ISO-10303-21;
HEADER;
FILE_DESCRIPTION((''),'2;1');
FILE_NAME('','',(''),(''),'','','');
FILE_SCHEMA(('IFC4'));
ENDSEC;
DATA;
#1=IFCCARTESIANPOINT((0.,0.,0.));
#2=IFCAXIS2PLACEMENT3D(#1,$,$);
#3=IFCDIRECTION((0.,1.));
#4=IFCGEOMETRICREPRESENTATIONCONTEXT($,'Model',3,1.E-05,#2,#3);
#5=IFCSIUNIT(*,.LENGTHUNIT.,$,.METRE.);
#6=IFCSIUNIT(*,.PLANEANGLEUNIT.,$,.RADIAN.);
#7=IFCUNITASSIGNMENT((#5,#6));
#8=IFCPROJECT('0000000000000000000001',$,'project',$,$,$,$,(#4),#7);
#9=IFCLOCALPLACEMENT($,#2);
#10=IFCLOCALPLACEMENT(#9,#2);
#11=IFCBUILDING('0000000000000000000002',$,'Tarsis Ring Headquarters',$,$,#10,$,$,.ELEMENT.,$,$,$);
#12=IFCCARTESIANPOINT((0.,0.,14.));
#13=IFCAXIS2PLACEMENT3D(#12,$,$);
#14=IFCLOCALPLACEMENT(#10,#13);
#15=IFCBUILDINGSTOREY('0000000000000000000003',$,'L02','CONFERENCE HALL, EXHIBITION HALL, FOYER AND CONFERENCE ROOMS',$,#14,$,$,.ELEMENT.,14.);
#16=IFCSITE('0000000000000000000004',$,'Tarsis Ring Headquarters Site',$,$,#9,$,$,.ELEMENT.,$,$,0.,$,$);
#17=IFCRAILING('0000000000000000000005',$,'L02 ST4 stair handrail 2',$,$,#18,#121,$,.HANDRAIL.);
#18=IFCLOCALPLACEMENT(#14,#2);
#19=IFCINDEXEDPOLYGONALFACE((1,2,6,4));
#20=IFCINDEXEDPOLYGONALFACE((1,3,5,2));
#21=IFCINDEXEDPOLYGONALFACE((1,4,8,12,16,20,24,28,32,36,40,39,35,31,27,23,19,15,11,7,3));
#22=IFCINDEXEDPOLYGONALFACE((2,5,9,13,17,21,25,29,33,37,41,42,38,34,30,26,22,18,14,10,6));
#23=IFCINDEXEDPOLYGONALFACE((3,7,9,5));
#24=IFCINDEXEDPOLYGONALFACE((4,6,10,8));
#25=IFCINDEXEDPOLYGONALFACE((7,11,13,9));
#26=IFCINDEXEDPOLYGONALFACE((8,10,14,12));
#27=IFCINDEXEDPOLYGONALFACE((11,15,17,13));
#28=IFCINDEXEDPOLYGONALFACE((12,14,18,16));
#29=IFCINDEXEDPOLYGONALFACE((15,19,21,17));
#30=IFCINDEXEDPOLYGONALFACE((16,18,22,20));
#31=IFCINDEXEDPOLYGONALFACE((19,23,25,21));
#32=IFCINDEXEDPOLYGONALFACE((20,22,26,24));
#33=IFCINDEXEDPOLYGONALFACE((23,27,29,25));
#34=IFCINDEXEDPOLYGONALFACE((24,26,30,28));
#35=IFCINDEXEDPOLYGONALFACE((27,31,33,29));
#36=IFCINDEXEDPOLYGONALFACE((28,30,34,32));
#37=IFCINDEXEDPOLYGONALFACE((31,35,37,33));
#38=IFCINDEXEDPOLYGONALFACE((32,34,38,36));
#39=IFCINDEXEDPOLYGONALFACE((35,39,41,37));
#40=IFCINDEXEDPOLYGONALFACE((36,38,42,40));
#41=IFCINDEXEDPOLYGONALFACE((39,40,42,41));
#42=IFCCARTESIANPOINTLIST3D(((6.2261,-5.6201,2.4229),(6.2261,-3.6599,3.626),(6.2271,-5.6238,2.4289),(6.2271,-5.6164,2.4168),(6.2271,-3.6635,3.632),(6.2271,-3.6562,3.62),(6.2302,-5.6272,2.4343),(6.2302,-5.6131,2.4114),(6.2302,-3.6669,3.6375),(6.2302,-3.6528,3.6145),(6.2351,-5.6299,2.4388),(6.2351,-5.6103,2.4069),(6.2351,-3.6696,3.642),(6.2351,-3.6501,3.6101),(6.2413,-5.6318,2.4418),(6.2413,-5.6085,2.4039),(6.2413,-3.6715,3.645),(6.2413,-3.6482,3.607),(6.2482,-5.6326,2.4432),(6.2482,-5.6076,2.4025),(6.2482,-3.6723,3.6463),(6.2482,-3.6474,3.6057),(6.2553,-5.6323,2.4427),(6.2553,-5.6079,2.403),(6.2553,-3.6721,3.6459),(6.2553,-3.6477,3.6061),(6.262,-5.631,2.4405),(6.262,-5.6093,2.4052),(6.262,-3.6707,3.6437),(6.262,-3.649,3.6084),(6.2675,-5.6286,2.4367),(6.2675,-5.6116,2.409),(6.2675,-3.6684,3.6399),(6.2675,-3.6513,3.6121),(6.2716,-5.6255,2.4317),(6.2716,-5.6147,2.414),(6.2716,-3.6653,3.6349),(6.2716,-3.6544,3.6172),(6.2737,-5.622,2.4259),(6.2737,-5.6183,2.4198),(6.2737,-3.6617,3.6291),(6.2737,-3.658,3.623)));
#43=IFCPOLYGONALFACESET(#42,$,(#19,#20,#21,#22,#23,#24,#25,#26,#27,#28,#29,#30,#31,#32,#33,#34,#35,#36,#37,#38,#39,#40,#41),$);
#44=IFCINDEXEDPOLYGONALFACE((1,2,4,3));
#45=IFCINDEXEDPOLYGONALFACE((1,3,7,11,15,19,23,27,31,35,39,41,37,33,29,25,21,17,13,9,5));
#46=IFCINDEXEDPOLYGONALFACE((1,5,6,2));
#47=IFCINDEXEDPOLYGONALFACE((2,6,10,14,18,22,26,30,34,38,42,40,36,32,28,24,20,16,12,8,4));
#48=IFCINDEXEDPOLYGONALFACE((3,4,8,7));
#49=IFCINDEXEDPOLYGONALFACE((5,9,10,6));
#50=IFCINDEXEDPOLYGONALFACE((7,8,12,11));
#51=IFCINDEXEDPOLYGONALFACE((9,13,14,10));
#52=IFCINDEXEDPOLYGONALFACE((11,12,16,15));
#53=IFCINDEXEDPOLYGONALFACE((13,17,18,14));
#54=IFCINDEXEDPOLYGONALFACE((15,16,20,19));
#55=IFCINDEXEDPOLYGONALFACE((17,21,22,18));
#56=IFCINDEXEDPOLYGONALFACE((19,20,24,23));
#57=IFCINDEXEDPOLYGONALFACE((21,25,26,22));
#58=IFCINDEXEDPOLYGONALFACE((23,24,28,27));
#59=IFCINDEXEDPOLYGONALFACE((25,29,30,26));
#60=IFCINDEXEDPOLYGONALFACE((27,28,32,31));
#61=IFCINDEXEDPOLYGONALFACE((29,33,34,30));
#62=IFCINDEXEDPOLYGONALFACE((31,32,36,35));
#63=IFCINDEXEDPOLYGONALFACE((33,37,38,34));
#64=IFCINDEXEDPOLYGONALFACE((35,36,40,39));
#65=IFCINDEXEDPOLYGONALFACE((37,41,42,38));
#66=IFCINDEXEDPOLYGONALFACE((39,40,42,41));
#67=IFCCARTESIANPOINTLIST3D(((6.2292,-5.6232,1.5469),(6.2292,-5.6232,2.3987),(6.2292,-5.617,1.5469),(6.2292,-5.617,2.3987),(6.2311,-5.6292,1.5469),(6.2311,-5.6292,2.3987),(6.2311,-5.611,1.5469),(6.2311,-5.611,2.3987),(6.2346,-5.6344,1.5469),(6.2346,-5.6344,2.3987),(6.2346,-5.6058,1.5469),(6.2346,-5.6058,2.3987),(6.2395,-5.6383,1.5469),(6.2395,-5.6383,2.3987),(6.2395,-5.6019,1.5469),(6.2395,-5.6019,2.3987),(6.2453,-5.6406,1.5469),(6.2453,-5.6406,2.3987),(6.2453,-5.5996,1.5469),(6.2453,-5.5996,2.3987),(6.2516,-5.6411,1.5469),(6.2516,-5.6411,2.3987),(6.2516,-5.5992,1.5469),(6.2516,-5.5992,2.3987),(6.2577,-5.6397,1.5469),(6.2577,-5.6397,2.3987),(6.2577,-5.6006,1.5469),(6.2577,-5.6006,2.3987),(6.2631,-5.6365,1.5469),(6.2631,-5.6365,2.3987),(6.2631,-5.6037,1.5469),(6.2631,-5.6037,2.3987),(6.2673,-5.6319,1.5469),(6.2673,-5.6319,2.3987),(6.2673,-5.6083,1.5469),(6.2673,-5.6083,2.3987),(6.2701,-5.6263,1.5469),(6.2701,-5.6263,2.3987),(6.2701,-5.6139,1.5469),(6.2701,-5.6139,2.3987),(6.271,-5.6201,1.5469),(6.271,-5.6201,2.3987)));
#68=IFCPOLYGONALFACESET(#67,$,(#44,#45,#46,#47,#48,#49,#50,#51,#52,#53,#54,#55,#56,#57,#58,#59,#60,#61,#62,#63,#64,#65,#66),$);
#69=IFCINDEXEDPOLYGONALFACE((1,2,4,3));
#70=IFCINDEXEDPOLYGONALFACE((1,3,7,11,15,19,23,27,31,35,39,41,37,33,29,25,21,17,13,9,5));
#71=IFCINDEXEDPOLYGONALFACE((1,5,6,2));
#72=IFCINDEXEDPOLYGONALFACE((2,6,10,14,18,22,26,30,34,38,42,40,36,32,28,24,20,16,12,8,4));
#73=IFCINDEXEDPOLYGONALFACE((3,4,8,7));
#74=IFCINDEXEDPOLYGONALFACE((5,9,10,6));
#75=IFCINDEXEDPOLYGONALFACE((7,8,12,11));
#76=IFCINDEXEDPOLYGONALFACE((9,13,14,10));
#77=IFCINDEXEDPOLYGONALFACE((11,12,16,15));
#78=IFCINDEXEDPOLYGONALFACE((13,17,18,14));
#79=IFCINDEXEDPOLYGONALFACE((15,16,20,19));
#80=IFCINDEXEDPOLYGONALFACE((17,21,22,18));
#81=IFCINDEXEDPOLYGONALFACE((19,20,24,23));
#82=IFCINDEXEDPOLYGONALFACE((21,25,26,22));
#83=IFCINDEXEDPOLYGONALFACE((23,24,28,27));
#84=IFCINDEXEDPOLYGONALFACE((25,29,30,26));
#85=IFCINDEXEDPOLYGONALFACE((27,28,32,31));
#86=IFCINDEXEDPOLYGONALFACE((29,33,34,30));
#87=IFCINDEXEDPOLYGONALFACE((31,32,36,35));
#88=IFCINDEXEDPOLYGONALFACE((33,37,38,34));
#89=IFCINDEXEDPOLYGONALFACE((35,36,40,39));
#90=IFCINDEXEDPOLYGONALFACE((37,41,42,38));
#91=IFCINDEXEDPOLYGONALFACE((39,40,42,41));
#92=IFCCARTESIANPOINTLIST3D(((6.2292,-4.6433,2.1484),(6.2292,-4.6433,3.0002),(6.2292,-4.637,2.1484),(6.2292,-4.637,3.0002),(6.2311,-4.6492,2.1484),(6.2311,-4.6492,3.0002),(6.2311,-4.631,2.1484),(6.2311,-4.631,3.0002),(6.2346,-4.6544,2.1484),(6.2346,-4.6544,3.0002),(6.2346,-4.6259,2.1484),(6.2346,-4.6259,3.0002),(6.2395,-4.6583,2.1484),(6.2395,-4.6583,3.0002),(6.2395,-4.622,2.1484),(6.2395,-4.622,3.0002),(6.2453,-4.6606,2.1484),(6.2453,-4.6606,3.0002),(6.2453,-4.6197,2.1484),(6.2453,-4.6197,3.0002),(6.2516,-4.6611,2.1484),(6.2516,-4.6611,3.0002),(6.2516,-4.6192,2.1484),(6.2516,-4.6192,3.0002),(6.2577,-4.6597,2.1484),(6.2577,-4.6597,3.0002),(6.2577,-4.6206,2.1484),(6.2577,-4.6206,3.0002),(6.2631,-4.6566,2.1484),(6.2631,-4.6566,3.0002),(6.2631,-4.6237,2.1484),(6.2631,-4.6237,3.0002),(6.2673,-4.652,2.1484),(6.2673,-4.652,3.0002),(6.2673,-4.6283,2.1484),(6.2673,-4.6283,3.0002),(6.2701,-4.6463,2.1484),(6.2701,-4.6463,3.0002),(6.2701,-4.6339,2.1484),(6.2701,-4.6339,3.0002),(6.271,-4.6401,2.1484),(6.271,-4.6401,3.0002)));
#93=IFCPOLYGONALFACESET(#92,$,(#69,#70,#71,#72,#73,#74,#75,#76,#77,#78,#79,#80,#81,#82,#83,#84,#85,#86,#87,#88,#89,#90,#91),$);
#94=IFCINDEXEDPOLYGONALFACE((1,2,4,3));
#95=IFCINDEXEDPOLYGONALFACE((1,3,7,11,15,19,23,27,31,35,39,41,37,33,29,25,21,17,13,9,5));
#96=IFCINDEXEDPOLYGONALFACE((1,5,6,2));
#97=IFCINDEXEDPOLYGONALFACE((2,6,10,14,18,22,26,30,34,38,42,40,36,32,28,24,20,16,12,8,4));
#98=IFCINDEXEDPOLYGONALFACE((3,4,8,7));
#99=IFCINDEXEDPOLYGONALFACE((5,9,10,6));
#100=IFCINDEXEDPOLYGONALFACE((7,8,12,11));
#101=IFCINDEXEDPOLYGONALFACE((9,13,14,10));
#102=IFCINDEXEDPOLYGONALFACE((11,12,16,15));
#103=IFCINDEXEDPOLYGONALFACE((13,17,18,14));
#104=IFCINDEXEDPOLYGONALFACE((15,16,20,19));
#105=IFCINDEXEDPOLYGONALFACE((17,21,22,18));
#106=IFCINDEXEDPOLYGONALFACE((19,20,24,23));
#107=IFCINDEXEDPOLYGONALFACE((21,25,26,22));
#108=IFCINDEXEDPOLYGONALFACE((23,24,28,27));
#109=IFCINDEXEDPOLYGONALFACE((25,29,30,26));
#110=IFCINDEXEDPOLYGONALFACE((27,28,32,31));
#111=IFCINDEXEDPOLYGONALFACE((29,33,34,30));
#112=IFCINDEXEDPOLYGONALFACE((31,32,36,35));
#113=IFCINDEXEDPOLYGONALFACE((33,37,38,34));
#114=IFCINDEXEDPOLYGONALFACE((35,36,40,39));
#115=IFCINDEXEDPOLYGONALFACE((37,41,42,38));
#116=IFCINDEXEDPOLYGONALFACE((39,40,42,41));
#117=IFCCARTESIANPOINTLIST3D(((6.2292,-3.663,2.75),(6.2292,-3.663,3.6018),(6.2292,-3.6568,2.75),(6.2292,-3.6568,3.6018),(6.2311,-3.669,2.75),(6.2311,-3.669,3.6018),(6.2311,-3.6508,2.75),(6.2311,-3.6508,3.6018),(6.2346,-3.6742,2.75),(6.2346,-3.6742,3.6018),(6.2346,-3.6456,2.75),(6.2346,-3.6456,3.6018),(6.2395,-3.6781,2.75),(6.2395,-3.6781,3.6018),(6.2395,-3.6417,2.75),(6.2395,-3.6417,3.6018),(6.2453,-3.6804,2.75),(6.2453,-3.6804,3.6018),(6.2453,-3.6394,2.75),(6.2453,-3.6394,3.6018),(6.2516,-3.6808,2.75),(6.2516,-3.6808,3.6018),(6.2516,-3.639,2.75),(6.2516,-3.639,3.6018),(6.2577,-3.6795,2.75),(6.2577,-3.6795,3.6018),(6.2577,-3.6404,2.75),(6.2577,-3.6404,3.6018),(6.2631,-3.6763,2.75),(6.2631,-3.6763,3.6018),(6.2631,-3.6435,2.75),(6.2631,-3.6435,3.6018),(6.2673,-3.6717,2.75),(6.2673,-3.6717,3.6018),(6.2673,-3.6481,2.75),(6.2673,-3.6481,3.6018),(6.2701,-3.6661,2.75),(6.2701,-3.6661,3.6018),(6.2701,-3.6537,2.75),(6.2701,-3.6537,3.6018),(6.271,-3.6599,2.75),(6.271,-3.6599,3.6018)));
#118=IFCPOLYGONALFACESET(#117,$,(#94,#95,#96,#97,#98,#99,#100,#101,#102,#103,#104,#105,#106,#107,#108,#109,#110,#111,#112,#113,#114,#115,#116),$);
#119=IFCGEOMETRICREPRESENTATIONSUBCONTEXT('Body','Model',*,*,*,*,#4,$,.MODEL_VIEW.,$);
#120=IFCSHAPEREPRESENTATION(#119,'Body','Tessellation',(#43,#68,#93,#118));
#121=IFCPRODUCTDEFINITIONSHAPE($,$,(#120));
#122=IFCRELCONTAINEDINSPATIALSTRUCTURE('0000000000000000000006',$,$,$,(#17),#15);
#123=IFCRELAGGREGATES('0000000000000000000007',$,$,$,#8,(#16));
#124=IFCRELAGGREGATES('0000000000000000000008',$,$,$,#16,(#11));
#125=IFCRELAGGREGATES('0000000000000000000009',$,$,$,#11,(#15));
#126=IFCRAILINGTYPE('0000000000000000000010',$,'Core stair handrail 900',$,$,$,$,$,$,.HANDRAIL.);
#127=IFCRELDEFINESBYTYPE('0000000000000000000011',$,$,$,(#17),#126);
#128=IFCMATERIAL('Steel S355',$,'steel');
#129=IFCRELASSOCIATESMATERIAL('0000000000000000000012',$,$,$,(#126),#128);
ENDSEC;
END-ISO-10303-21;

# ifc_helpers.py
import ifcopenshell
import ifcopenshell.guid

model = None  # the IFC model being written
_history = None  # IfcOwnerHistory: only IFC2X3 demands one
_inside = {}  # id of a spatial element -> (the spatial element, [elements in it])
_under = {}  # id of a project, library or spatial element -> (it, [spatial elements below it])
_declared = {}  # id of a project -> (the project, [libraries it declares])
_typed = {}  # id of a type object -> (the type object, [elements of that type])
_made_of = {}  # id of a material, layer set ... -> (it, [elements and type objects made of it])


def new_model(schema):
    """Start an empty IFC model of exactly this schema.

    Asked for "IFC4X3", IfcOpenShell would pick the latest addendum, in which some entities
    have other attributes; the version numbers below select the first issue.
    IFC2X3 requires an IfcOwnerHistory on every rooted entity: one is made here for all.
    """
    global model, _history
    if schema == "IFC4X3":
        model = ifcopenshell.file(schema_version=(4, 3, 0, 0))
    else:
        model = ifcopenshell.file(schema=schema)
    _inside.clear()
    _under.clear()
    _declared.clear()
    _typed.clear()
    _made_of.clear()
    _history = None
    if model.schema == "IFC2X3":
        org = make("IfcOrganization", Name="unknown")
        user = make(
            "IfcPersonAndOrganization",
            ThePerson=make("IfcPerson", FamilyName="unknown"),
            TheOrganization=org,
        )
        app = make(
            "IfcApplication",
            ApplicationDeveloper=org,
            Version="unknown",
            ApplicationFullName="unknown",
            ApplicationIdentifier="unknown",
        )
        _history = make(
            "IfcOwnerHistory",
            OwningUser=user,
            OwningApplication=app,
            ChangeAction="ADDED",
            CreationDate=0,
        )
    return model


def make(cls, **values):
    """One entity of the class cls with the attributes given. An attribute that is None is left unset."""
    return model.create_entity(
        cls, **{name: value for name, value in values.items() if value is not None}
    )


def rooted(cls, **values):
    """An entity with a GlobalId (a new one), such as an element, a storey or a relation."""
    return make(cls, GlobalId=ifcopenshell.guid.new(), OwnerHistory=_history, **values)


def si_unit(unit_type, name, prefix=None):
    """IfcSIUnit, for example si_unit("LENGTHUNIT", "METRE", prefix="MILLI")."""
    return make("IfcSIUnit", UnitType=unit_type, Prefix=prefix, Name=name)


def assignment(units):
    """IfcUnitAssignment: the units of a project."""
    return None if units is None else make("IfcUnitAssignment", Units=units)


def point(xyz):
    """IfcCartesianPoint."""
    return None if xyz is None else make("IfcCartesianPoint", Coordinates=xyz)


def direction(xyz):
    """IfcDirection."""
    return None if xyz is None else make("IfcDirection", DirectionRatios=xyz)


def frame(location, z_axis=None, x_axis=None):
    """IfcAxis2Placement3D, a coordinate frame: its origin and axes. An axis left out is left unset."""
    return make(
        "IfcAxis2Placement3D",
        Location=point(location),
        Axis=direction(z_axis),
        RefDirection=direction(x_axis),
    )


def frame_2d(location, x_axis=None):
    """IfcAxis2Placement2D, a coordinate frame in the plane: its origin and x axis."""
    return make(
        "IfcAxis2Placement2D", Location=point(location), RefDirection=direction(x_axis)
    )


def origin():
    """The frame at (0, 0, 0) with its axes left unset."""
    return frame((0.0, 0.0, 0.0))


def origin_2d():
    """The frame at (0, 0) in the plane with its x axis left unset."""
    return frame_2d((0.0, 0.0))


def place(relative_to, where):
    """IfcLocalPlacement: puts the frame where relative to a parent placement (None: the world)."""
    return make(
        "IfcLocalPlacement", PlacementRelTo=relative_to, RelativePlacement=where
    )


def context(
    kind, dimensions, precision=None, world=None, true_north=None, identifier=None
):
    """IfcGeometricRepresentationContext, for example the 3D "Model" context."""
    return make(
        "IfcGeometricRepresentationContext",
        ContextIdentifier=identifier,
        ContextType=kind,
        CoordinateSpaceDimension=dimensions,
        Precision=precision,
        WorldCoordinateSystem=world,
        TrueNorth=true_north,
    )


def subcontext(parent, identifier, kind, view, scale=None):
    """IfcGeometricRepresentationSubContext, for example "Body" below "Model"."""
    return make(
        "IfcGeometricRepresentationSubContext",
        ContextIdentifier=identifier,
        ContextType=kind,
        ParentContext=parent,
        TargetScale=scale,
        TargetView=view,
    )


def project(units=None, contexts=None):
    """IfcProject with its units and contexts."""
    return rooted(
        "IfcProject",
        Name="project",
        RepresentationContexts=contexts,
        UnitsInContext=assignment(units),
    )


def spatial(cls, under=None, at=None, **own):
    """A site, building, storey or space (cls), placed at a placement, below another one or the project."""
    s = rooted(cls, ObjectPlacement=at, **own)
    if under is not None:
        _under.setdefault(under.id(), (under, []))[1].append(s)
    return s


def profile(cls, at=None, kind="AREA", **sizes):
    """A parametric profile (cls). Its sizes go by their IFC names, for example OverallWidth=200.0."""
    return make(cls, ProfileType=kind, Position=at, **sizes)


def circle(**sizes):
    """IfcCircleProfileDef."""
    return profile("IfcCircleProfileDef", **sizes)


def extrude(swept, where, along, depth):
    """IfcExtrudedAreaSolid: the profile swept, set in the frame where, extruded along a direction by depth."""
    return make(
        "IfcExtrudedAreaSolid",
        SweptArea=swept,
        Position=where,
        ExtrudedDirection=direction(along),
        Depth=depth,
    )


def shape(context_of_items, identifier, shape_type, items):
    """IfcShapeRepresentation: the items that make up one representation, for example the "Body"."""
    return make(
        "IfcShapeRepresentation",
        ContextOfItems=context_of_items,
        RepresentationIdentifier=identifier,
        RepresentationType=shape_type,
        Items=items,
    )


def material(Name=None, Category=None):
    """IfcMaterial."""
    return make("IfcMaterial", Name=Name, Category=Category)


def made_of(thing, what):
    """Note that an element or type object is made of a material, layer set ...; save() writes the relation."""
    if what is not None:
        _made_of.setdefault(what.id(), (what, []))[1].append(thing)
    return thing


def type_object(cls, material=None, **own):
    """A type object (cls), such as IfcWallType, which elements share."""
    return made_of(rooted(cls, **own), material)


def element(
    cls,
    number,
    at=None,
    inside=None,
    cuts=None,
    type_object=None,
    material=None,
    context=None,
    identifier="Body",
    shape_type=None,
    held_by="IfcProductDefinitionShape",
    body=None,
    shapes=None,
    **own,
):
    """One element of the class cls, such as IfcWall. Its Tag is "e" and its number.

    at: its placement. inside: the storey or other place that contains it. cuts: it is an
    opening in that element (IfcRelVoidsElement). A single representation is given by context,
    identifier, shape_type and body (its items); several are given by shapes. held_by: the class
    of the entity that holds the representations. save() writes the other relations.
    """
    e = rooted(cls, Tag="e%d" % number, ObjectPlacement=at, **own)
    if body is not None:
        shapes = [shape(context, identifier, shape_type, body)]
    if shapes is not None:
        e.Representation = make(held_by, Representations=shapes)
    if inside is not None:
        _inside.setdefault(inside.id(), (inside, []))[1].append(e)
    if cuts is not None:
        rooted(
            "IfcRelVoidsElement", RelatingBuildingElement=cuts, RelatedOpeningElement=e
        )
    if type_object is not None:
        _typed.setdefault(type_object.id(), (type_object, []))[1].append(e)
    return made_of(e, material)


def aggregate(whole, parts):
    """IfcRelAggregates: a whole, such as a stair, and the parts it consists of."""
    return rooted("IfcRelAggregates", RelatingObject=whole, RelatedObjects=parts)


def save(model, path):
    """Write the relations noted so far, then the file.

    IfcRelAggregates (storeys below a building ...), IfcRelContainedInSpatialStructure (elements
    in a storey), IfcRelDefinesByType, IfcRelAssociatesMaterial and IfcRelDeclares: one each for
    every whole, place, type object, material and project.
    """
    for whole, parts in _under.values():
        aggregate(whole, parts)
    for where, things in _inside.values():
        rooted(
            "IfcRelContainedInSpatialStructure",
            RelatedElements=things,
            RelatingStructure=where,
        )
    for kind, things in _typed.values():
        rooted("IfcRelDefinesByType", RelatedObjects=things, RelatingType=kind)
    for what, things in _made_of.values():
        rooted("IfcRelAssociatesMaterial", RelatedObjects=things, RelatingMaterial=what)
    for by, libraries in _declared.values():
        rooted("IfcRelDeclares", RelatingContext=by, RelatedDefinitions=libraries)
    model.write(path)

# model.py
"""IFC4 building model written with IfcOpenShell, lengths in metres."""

from ifc_helpers import new_model, si_unit, direction, frame, origin, origin_2d, place, context, subcontext, project, spatial, circle, extrude, material, type_object, element, save


model = new_model("IFC4")

# Units and contexts
model_context = context("Model", 3, precision=1e-05, world=origin(), true_north=direction((0.0, 1.0)))
body_context = subcontext(model_context, "Body", "Model", "MODEL_VIEW")
ifc_project = project(units=[si_unit("LENGTHUNIT", "METRE"), si_unit("PLANEANGLEUNIT", "RADIAN")], contexts=[model_context])

# Site, building, storey
site_placement = place(None, origin())
site = spatial("IfcSite", under=ifc_project, at=site_placement, Name="Tarsis Ring Headquarters Site", CompositionType="ELEMENT", RefElevation=0.0)
building_placement = place(site_placement, origin())
building = spatial("IfcBuilding", under=site, at=building_placement, Name="Tarsis Ring Headquarters", CompositionType="ELEMENT")
storey_placement = place(building_placement, frame((0.0, 0.0, 14.0)))
storey = spatial("IfcBuildingStorey", under=building, at=storey_placement, Name="L02", Description="CONFERENCE HALL, EXHIBITION HALL, FOYER AND CONFERENCE ROOMS", CompositionType="ELEMENT", Elevation=14.0)

# Railing
ifc_material_1 = material(Name="Steel S355", Category="steel")
railing_type_1 = type_object("IfcRailingType", Name="Core stair handrail 900", PredefinedType="HANDRAIL", material=ifc_material_1)
railing_1_placement = place(storey_placement, frame((6.25, -5.6201, 1.5469)))
element("IfcRailing", 1, at=railing_1_placement, inside=storey, type_object=railing_type_1, Name="L02 ST4 stair handrail 2", PredefinedType="HANDRAIL", context=body_context, shape_type="SweptSolid", body=[
    extrude(circle(Radius=0.0239, at=origin_2d()), frame((0.0, 0.0, 0.876), z_axis=(0.0, 0.85227, 0.523102), x_axis=(-1.0, 0.0, 0.0)), (0.0, 0.0, 1.0), 2.3),
    extrude(circle(Radius=0.021, at=origin_2d()), origin(), (0.0, 0.0, 1.0), 0.8518),
    extrude(circle(Radius=0.021, at=origin_2d()), frame((0.0, 0.98, 0.6016)), (0.0, 0.0, 1.0), 0.8518),
    extrude(circle(Radius=0.021, at=origin_2d()), frame((0.0, 1.9602, 1.2031)), (0.0, 0.0, 1.0), 0.8518),
])

save(model, "model.ifc")
